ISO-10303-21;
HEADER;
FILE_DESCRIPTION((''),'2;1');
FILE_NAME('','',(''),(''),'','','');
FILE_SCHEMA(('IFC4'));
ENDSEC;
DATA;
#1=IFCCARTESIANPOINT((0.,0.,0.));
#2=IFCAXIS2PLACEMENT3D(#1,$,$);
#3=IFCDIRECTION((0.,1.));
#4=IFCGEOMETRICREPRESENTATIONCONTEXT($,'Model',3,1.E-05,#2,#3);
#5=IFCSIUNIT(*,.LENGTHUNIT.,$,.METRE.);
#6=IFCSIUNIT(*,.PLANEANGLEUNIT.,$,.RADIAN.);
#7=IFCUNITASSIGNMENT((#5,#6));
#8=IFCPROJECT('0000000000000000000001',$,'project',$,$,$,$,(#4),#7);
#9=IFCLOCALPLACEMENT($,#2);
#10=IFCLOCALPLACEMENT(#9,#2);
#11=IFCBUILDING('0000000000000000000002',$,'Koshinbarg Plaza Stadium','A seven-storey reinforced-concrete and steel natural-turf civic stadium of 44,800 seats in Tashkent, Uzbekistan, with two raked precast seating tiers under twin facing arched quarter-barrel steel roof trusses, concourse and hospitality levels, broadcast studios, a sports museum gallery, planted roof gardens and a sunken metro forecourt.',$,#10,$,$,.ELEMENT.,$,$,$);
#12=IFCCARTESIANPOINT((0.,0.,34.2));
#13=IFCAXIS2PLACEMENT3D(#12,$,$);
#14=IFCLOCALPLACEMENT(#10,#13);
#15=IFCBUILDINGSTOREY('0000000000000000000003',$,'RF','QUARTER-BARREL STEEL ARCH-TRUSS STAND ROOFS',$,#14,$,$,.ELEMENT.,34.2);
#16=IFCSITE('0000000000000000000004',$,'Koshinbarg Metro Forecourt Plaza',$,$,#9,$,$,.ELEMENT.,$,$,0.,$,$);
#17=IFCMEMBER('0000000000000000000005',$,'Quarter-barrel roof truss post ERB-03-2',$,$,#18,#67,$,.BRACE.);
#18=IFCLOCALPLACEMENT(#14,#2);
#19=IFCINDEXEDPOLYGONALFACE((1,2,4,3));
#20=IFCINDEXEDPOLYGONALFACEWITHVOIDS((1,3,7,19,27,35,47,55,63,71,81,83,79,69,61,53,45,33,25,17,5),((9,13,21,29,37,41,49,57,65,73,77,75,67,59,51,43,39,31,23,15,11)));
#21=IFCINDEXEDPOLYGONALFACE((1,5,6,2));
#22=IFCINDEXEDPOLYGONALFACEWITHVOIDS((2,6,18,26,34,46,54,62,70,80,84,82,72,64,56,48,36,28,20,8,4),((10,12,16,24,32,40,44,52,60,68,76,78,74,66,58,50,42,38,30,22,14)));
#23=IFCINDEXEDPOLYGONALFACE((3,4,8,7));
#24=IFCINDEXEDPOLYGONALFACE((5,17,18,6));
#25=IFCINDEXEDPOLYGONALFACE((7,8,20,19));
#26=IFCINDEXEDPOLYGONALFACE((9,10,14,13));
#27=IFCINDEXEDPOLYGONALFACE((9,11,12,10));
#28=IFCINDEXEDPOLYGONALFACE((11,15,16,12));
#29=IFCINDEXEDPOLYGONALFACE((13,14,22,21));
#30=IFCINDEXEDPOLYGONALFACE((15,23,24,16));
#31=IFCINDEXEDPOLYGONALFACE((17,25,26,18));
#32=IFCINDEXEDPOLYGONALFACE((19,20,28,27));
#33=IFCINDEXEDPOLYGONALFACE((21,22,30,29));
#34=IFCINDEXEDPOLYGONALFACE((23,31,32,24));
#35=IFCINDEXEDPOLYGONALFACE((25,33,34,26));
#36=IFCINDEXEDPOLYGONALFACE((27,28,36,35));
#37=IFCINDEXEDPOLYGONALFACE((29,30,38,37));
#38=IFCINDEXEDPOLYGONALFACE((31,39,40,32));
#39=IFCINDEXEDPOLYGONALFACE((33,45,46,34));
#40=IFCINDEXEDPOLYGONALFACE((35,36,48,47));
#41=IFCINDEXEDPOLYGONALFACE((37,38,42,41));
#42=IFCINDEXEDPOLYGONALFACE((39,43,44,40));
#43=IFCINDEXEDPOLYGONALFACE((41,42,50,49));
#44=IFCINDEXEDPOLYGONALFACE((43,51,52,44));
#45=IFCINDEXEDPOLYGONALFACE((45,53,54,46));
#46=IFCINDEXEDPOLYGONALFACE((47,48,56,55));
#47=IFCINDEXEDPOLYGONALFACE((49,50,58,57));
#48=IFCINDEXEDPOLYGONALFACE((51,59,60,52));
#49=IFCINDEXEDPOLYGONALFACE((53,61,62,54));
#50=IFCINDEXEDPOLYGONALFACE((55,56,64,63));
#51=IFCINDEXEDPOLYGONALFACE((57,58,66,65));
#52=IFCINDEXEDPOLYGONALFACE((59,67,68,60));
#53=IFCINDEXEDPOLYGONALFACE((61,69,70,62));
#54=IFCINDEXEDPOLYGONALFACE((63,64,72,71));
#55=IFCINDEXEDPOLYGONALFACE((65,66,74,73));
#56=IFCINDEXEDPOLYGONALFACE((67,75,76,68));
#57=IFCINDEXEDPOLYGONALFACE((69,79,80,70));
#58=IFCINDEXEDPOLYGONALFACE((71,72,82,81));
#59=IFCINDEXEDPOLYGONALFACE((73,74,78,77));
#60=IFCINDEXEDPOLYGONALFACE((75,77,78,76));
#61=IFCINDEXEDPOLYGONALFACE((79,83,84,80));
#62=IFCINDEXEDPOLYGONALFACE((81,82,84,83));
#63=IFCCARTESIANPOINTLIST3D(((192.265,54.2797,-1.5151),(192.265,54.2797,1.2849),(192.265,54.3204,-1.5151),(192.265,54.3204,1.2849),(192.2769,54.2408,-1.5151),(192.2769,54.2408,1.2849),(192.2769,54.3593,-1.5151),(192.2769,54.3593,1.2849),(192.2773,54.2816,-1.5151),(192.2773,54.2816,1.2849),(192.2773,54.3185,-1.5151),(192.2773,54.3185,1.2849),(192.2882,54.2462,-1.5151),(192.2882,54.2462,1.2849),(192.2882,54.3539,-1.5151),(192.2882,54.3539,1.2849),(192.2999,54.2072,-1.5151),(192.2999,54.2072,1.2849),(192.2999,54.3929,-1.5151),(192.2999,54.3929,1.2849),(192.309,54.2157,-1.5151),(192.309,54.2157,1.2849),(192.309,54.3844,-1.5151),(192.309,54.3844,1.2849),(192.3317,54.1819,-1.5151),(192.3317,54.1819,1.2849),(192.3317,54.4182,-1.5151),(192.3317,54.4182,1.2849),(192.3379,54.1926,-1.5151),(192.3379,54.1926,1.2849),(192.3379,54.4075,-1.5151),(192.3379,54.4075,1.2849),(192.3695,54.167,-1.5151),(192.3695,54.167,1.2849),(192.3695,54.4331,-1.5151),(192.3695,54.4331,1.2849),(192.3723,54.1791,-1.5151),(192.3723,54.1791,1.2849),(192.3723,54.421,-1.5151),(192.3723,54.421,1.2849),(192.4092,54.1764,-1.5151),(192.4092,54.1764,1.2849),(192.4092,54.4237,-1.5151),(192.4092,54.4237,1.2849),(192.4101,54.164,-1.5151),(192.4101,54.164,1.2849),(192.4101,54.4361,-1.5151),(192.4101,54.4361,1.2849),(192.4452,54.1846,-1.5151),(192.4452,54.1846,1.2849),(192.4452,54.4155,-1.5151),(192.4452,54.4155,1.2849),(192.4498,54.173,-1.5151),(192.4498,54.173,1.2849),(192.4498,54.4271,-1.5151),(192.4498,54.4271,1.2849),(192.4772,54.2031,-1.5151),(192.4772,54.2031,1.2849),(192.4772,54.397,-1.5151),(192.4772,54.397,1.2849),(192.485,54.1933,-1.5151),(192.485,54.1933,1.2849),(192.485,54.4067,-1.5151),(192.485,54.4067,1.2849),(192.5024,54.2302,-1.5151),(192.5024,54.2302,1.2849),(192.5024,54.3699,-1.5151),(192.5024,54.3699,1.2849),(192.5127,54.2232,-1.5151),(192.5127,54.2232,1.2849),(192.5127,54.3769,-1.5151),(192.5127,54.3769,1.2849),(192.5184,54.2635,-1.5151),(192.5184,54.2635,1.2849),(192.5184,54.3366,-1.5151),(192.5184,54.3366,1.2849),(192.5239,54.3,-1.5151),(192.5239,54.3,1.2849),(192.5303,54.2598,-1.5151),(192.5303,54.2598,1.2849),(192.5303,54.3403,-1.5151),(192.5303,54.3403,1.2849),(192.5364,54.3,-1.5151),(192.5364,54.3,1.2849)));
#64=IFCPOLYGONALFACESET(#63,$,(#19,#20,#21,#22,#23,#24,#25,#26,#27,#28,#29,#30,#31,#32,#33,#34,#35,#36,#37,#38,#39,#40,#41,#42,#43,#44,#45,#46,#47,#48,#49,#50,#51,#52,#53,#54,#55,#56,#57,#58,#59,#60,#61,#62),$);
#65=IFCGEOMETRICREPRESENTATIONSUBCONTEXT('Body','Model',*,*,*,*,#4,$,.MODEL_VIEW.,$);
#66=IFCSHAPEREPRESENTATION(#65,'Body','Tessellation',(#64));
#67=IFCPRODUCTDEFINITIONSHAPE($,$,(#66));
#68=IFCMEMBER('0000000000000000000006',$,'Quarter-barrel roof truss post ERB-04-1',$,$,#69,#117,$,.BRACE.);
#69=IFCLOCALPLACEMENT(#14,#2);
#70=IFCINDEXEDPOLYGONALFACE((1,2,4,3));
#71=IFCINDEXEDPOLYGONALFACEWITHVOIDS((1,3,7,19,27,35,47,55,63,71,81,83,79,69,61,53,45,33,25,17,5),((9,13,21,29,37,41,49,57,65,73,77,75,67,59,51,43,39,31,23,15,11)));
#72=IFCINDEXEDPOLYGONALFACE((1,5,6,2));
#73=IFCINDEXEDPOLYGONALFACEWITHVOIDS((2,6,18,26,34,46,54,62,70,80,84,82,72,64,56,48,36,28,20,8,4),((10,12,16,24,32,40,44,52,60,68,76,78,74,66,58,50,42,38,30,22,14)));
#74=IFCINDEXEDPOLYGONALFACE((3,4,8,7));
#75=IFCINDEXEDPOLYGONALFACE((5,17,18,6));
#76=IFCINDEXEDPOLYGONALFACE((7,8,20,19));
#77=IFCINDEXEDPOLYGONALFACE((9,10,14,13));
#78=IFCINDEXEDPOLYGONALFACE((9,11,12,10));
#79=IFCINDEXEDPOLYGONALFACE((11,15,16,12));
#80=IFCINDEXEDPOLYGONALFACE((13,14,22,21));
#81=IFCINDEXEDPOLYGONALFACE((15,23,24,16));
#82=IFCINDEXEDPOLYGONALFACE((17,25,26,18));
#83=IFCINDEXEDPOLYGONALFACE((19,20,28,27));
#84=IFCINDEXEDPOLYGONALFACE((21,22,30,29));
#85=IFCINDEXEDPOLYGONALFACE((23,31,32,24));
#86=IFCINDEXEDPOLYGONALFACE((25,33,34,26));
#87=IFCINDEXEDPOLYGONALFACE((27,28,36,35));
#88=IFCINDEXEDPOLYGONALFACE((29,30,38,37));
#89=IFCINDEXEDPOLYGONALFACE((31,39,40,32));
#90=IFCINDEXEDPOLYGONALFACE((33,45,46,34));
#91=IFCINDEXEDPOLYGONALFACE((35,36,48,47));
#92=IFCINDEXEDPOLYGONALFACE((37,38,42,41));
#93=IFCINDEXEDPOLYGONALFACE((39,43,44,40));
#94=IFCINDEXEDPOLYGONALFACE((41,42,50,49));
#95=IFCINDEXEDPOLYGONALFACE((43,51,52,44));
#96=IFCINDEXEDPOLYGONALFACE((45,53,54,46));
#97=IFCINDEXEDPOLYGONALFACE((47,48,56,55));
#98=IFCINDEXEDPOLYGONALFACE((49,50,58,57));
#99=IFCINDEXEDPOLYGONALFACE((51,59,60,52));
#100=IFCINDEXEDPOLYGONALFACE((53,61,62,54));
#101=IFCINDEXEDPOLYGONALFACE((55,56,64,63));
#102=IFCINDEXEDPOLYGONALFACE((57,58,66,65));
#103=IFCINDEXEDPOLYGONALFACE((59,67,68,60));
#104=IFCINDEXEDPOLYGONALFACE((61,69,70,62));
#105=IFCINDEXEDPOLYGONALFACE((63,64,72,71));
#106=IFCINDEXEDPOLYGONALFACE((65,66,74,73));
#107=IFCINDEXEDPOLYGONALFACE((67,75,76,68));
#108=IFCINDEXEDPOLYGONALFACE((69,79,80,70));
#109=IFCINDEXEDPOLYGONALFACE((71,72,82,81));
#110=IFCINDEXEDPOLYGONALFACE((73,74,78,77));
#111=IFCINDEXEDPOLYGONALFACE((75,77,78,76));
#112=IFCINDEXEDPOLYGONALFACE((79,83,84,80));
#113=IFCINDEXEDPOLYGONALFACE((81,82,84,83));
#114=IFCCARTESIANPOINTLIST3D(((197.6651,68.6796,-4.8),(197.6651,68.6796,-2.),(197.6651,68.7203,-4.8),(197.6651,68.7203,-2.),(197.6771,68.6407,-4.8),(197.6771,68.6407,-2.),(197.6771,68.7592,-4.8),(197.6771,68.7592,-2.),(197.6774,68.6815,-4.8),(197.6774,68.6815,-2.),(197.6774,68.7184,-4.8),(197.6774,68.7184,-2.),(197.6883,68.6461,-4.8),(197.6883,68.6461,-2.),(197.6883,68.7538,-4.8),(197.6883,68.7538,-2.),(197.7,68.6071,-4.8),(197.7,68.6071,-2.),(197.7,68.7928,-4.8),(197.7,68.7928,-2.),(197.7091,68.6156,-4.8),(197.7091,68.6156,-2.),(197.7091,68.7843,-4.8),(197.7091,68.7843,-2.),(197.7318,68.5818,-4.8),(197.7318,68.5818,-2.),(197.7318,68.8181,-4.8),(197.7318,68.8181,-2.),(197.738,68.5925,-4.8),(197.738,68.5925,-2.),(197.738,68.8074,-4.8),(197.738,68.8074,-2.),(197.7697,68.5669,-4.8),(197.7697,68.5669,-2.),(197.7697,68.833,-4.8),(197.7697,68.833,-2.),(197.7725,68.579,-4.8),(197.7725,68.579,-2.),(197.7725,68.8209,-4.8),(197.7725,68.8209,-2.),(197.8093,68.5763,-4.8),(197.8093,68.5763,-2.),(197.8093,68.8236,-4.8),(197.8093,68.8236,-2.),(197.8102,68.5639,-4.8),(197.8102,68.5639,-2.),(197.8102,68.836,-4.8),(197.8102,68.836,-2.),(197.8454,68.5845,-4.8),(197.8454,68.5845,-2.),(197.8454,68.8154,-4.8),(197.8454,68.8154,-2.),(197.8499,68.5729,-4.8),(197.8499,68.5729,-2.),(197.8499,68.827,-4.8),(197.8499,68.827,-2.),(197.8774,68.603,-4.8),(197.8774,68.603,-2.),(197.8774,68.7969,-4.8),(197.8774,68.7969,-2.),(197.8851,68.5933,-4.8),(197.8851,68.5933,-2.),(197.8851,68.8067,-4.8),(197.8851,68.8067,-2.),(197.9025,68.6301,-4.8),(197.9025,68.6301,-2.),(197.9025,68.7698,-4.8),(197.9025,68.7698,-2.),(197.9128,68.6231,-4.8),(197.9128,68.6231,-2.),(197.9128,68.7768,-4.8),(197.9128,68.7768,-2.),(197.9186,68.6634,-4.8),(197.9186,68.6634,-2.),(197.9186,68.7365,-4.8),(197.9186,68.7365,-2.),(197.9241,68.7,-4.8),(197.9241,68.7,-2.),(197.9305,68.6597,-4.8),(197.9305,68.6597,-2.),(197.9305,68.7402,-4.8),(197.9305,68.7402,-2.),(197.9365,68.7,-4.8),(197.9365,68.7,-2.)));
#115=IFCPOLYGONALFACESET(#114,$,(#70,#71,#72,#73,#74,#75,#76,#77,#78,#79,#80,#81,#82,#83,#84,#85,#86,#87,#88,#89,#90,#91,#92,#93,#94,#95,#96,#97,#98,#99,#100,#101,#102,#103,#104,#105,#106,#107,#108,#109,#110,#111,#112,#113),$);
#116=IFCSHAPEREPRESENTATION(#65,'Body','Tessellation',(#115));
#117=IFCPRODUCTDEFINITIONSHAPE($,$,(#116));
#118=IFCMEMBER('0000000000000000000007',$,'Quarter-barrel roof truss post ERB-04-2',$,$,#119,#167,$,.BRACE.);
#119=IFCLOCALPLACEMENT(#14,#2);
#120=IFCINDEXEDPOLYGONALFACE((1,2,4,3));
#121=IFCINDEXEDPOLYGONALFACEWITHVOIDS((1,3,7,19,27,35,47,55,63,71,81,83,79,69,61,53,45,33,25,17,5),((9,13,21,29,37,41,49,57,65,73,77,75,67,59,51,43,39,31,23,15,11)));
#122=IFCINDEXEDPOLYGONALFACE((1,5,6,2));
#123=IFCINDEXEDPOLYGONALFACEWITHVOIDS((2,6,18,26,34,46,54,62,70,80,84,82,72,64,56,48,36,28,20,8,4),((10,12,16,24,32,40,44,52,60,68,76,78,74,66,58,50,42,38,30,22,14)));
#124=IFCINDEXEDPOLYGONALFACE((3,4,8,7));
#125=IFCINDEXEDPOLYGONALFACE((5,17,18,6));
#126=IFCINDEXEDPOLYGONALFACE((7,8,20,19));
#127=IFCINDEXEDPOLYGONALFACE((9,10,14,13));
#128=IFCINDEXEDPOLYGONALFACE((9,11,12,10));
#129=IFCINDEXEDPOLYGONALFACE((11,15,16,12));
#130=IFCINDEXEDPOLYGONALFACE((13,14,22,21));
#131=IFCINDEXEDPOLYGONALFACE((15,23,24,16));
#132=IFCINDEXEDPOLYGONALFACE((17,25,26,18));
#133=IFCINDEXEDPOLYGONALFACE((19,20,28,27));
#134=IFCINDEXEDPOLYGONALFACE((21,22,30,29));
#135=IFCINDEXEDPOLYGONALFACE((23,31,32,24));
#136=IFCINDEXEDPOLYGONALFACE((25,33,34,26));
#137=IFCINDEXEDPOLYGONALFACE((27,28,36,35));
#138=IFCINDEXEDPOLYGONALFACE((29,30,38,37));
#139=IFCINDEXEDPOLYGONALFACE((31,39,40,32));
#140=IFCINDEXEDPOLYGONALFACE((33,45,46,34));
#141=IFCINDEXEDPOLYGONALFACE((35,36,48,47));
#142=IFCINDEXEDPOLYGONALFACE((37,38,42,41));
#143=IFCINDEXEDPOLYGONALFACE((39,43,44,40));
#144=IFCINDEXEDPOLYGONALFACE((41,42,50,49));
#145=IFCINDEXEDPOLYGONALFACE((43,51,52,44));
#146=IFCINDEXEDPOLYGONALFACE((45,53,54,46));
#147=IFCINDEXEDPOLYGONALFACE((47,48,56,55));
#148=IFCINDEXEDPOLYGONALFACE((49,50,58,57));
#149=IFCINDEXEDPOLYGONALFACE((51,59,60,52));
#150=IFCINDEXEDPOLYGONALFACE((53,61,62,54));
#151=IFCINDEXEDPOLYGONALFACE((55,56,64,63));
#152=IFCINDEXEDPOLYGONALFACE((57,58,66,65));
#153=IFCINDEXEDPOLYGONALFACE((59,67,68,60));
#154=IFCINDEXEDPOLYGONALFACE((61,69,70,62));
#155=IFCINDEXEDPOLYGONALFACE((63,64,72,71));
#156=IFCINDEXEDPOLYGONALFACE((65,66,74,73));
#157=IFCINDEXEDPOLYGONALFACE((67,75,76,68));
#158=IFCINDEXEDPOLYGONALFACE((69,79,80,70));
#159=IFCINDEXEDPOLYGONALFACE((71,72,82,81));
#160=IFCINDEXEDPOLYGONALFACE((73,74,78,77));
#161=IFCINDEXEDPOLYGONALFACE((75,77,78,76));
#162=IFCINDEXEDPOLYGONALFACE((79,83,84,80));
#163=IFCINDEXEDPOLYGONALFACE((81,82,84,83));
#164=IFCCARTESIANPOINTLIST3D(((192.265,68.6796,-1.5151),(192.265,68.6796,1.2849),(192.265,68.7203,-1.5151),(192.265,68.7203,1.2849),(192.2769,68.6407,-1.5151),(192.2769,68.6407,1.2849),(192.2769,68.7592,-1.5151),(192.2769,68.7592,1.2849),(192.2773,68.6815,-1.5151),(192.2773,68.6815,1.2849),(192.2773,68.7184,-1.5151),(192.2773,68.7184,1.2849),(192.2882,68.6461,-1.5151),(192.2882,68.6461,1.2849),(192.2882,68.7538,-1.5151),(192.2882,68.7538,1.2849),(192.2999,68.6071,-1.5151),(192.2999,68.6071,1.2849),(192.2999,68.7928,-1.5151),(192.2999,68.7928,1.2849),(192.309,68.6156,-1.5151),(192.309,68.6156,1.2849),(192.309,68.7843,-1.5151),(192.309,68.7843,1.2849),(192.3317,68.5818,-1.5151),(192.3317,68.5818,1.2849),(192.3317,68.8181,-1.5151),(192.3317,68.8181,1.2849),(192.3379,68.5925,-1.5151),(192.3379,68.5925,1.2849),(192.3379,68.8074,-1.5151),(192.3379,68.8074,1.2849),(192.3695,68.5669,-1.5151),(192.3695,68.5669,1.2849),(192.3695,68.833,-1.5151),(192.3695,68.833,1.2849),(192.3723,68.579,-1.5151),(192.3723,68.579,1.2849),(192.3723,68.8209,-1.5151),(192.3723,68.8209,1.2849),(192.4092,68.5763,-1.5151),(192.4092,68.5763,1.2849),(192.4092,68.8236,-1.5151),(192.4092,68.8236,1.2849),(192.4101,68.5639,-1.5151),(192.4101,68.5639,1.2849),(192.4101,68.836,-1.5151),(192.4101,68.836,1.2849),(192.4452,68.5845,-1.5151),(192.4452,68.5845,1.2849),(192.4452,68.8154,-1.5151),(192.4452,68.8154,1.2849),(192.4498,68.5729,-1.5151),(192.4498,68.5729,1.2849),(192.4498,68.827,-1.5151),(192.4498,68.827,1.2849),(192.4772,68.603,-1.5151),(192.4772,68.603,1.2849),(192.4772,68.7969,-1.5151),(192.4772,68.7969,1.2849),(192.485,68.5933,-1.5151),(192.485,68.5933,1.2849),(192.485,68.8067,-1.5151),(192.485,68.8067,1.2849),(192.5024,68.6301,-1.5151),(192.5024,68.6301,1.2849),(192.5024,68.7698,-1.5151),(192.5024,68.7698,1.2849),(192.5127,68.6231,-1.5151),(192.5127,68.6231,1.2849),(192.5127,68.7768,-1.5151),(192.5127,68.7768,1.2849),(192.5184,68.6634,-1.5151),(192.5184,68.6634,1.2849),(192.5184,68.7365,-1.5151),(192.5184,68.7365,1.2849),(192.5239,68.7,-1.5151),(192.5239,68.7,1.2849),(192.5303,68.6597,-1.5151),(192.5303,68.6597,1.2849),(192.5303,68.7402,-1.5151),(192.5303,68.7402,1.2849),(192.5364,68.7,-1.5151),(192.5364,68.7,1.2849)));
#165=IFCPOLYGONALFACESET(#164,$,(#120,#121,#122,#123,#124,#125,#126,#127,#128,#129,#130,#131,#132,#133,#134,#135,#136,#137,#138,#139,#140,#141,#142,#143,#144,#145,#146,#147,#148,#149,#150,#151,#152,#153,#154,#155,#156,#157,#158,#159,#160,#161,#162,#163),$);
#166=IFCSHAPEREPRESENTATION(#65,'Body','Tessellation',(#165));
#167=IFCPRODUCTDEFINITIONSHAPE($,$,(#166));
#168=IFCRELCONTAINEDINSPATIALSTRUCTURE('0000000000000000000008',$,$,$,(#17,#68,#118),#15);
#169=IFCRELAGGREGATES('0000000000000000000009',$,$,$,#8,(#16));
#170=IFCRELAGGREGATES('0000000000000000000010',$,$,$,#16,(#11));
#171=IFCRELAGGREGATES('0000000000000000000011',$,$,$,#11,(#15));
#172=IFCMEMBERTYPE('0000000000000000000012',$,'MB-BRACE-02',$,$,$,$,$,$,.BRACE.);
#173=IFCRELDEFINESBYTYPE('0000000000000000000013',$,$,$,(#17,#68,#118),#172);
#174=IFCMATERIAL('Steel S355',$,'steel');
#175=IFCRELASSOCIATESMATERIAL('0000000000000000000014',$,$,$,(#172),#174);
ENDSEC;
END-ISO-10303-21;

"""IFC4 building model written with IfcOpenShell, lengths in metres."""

from ifc_helpers import new_model, si_unit, direction, frame, origin, origin_2d, place, context, subcontext, project, spatial, hollow_circle, extrude, material, material_profile, profile_set, type_object, element, save


model = new_model("IFC4")

# Units and contexts
model_context = context("Model", 3, precision=1e-05, world=origin(), true_north=direction((0.0, 1.0)))
body_context = subcontext(model_context, "Body", "Model", "MODEL_VIEW")
ifc_project = project(units=[si_unit("LENGTHUNIT", "METRE"), si_unit("PLANEANGLEUNIT", "RADIAN")], contexts=[model_context])

# Site, building, storey
site_placement = place(None, origin())
site = spatial("IfcSite", under=ifc_project, at=site_placement, Name="Koshinbarg Metro Forecourt Plaza", CompositionType="ELEMENT", RefElevation=0.0)
building_placement = place(site_placement, origin())
building = spatial("IfcBuilding", under=site, at=building_placement, Name="Koshinbarg Plaza Stadium", Description="A seven-storey reinforced-concrete and steel natural-turf civic stadium of 44,800 seats in Tashkent, Uzbekistan, with two raked precast seating tiers under twin facing arched quarter-barrel steel roof trusses, concourse and hospitality levels, broadcast studios, a sports museum gallery, planted roof gardens and a sunken metro forecourt.", CompositionType="ELEMENT")
storey_placement = place(building_placement, frame((0.0, 0.0, 34.2)))
storey = spatial("IfcBuildingStorey", under=building, at=storey_placement, Name="RF", Description="QUARTER-BARREL STEEL ARCH-TRUSS STAND ROOFS", CompositionType="ELEMENT", Elevation=34.2)

# Members
ifc_material_1 = material(Name="Steel S355", Category="steel")
ifc_material_profile_1 = material_profile(ifc_material_1, hollow_circle(Radius=0.1365, WallThickness=0.0125, at=origin_2d()), Name="CHS 273x12.5")
ifc_profile_set_1 = profile_set([ifc_material_profile_1], Name="Steel S355")
member_type_1 = type_object("IfcMemberType", Name="MB-BRACE-02", PredefinedType="BRACE", material=ifc_profile_set_1)
for number, where, z_axis, x_axis, name in (
    (1, (192.3999, 54.3, -1.5151), (0.0, 0.0, 1.0), (1.0, 0.0, 0.0), "Quarter-barrel roof truss post ERB-03-2"),
    (2, (197.8, 68.7, -4.8), (0.0, 0.0, 1.0), (1.0, 0.0, 0.0), "Quarter-barrel roof truss post ERB-04-1"),
    (3, (192.3999, 68.7, -1.5151), (0.0, 0.0, 1.0), (1.0, 0.0, 0.0), "Quarter-barrel roof truss post ERB-04-2"),
):
    element("IfcMember", number, at=place(storey_placement, frame(where, z_axis=z_axis, x_axis=x_axis)), inside=storey, type_object=member_type_1, Name=name, PredefinedType="BRACE", context=body_context, shape_type="SweptSolid", body=[
        extrude(hollow_circle(Radius=0.1365, WallThickness=0.0125, at=origin_2d()), origin(), (0.0, 0.0, 1.0), 2.8),
    ])

save(model, "model.ifc")
